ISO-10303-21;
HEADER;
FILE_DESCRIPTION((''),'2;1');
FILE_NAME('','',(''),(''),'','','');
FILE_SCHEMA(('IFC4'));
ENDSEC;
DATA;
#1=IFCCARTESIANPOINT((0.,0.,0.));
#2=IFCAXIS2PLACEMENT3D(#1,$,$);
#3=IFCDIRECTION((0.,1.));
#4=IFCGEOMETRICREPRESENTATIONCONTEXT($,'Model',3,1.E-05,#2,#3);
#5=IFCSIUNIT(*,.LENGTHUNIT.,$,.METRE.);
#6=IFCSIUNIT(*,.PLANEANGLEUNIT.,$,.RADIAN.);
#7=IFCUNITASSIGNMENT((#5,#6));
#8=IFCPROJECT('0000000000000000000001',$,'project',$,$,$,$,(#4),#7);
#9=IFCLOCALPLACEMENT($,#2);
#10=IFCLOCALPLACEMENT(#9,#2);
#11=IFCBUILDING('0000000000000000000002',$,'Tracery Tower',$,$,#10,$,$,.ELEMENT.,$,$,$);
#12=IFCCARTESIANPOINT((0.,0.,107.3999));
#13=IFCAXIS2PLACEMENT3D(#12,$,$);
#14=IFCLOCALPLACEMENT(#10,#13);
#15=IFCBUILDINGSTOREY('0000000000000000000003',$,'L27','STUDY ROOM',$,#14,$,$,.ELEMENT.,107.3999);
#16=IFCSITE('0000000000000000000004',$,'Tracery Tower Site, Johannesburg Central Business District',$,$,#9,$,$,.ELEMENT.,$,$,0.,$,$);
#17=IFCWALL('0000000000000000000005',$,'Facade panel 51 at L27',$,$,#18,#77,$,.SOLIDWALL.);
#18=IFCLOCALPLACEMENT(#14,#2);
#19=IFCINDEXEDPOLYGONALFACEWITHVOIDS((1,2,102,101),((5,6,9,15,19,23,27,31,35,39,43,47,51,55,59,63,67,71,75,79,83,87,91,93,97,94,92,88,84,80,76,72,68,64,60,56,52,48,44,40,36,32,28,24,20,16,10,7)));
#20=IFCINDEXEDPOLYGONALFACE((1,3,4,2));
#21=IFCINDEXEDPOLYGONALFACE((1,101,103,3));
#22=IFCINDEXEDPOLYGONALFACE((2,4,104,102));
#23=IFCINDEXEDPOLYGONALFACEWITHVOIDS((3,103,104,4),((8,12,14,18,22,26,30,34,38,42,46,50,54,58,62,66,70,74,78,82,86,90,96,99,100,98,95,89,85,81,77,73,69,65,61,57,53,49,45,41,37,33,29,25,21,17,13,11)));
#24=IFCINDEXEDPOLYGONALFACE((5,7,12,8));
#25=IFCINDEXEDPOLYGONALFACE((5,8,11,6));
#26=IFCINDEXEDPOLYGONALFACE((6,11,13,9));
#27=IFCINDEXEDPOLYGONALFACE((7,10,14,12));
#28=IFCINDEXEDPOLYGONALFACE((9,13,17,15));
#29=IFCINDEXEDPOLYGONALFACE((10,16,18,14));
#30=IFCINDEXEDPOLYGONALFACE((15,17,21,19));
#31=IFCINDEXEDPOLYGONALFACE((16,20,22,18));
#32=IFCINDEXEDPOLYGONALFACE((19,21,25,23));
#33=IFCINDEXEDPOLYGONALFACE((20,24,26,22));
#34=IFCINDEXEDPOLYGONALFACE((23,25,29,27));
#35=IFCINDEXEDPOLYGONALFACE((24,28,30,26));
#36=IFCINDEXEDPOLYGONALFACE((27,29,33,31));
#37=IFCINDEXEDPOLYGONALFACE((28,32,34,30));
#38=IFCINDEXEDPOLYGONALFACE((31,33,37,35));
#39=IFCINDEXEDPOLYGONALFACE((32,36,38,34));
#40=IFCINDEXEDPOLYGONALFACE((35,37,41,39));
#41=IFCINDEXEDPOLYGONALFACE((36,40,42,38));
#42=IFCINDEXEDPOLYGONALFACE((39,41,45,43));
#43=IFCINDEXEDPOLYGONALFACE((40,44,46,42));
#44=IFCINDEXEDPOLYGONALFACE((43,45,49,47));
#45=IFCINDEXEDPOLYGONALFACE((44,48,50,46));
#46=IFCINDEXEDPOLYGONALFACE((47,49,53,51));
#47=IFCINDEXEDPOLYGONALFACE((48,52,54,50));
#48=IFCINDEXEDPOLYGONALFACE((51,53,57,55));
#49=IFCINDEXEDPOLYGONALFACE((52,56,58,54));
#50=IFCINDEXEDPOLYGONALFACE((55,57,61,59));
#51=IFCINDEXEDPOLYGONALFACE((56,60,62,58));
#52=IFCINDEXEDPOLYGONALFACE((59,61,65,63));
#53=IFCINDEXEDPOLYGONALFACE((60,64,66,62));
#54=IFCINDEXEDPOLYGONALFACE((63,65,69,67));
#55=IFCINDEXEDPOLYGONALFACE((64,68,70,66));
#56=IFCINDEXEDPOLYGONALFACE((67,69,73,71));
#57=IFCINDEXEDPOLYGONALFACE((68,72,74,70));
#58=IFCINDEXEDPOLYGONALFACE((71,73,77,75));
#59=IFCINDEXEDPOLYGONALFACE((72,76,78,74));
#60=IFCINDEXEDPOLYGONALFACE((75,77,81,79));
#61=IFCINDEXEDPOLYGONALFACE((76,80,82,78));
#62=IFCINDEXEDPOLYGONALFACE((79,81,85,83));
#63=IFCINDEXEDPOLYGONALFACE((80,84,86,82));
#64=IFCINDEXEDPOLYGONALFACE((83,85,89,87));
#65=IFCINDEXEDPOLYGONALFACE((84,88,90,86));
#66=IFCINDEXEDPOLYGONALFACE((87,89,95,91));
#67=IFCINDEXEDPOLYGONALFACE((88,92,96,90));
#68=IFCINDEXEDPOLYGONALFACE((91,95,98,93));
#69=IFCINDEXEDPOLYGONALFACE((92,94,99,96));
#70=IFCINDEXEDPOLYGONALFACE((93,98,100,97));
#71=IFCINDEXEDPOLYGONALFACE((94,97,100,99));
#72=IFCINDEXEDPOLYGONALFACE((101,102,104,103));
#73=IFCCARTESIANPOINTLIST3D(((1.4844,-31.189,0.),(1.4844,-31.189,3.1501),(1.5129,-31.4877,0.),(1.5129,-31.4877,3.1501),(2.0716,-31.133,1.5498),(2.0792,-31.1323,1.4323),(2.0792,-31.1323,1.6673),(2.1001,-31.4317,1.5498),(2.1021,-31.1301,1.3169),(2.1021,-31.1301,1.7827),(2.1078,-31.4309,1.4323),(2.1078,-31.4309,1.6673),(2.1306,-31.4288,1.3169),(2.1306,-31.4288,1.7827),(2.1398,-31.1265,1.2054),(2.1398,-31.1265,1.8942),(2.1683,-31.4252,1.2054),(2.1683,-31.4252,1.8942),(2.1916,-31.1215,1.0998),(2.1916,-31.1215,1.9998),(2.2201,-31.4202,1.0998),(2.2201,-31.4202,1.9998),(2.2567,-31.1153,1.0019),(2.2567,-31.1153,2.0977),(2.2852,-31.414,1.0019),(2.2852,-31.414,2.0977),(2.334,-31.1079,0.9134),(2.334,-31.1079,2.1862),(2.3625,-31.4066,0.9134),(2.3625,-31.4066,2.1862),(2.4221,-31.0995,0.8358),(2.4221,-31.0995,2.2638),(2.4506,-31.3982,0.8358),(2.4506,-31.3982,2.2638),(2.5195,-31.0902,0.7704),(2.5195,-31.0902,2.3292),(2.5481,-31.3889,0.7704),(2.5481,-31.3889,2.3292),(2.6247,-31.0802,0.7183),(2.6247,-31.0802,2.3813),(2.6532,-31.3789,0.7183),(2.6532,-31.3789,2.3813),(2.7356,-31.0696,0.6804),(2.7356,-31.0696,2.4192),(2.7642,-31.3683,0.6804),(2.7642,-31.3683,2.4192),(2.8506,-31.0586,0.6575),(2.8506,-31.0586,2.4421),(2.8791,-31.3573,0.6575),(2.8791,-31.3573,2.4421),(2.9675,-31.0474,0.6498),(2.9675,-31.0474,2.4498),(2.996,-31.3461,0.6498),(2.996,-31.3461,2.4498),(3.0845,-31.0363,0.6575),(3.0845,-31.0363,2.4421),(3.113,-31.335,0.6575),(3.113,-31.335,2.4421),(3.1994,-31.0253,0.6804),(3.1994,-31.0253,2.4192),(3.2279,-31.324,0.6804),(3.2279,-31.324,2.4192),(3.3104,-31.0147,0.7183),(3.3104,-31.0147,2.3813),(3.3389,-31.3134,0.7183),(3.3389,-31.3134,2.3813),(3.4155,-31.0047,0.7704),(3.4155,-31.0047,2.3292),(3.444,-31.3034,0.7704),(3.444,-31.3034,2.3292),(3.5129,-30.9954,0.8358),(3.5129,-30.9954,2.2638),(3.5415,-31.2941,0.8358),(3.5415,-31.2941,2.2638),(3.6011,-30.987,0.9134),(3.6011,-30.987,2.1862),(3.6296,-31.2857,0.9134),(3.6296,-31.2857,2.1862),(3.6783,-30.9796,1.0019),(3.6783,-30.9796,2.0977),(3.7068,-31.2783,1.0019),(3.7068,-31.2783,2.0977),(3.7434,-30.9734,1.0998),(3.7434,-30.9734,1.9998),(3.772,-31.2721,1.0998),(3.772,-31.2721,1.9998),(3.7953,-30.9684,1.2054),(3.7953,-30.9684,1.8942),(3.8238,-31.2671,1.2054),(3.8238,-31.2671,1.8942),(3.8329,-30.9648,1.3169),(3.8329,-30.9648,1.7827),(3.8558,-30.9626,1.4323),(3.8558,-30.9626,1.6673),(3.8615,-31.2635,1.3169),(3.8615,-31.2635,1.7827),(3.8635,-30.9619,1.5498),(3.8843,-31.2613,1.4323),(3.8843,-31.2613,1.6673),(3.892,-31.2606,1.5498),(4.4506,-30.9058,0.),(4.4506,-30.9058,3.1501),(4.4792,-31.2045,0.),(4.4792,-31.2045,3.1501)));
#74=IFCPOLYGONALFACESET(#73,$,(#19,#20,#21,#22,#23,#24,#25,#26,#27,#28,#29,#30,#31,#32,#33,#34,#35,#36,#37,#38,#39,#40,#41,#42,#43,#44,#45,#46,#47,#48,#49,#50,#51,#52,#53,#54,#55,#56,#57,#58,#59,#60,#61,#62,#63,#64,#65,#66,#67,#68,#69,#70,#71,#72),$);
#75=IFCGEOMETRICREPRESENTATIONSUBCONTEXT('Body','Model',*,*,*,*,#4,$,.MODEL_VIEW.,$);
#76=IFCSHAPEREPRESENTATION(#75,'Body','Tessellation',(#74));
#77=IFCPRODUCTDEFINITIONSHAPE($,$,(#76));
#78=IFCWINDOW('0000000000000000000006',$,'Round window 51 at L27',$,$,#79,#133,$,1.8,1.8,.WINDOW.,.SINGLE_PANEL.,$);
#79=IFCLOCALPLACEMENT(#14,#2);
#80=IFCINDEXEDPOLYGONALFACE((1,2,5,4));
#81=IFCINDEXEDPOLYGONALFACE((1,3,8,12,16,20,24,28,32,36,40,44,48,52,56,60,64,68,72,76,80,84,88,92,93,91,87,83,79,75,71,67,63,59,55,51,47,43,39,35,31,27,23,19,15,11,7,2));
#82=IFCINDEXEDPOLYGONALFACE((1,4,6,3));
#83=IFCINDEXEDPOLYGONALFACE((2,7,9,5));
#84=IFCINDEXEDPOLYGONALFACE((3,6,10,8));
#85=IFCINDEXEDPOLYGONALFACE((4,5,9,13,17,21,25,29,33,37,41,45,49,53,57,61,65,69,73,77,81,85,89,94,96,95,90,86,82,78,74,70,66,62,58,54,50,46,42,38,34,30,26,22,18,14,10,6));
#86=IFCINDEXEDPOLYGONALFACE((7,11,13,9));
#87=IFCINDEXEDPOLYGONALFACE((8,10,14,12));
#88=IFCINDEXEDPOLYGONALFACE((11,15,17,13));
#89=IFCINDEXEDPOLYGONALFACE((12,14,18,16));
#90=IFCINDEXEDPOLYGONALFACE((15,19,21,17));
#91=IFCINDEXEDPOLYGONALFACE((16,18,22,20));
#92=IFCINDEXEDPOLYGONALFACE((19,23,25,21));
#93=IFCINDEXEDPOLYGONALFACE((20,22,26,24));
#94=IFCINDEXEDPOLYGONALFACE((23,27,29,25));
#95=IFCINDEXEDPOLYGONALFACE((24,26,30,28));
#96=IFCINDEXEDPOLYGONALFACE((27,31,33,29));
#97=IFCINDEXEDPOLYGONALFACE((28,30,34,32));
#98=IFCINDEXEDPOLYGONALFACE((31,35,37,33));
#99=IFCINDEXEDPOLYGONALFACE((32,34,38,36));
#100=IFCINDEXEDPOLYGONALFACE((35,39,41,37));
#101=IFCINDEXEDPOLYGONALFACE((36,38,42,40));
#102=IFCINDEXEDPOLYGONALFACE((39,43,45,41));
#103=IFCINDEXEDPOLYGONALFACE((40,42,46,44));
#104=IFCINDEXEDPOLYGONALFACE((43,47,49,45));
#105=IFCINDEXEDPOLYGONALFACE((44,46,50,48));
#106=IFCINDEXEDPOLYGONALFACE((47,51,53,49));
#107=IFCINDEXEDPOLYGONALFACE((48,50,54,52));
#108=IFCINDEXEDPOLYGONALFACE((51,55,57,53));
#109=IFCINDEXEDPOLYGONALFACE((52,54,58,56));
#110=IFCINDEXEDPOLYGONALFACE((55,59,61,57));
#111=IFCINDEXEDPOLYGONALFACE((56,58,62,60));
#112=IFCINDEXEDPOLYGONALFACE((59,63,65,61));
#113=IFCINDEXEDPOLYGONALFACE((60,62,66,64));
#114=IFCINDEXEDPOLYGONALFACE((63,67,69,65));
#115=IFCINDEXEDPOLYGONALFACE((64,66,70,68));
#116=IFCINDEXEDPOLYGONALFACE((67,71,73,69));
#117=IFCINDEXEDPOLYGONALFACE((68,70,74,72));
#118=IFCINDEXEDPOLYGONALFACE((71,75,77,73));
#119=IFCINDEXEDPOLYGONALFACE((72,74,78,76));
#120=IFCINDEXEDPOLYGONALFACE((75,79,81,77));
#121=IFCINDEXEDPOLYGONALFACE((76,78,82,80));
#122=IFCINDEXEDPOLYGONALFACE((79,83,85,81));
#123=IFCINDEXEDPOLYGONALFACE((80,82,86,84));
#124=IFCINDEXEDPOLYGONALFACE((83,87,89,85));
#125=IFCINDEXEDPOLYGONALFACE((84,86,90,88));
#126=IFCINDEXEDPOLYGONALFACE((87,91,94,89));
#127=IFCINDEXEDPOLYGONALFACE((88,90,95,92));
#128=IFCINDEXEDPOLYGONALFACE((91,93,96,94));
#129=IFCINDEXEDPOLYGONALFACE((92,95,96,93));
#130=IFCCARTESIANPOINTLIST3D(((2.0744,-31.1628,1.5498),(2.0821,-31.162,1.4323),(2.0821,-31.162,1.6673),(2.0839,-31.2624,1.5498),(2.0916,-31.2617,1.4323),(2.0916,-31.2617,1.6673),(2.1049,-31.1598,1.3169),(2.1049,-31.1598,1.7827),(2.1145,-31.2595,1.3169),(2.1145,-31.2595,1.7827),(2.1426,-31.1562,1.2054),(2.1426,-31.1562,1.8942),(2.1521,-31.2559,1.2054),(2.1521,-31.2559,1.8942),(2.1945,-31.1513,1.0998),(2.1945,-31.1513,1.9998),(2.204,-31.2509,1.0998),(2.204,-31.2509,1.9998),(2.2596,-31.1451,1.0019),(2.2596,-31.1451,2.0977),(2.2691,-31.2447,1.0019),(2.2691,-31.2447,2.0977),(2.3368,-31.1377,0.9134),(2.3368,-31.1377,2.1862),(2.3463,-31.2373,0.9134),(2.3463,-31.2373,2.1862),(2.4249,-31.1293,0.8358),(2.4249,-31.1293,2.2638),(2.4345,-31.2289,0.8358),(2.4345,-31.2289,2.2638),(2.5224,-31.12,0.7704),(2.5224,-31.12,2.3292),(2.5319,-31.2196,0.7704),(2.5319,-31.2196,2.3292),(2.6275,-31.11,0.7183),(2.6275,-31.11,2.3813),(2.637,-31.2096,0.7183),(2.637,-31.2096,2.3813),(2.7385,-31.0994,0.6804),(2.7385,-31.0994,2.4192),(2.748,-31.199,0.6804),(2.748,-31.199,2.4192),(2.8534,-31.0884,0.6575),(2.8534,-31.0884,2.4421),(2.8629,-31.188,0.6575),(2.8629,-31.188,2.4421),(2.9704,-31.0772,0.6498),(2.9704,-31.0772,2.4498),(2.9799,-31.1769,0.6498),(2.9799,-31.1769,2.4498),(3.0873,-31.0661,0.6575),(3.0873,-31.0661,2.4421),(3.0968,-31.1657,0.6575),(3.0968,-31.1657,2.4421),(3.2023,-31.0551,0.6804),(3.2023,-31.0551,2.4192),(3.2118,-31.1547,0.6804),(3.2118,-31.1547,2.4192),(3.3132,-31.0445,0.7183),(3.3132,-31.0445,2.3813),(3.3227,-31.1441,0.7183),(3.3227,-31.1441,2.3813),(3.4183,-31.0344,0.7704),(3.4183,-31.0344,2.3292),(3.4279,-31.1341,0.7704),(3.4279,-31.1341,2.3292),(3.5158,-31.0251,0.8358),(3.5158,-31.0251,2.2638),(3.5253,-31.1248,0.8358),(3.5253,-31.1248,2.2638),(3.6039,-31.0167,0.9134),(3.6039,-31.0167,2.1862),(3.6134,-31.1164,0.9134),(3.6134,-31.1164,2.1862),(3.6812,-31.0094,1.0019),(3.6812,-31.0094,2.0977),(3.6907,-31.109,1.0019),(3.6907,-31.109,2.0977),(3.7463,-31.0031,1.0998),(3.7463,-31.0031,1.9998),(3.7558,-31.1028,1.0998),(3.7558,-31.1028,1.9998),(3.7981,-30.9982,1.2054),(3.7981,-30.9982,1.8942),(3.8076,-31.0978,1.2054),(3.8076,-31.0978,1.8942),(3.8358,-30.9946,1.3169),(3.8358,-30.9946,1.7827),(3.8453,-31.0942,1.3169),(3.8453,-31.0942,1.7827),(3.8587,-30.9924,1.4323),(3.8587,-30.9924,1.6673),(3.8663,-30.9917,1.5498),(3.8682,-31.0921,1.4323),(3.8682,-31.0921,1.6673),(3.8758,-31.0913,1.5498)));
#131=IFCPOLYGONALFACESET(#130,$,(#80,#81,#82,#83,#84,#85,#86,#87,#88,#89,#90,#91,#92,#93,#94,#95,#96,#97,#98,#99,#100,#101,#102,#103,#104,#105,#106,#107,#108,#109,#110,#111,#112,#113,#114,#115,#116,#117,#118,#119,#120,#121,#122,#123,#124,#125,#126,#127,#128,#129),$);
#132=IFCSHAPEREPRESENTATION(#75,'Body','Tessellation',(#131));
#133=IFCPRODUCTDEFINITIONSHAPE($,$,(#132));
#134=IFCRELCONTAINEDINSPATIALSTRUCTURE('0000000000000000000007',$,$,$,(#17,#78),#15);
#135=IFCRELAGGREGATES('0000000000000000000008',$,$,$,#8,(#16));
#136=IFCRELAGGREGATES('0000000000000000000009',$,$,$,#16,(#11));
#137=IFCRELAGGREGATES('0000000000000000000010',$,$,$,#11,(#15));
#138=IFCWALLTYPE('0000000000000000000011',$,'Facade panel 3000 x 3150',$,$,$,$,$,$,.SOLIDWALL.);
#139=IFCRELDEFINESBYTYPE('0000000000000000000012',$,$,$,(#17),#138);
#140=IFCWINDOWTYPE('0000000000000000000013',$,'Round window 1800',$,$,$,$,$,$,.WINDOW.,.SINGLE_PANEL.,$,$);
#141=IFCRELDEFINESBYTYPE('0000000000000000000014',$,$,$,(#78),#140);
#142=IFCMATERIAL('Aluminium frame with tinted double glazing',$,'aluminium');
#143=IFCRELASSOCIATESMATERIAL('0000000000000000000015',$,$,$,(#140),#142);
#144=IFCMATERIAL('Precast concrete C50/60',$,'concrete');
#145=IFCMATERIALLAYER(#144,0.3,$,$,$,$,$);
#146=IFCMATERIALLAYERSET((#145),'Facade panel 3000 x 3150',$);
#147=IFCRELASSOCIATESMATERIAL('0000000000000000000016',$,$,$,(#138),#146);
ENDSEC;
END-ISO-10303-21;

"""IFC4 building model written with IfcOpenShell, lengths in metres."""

from ifc_helpers import new_model, si_unit, direction, frame, frame_2d, origin, origin_2d, place, context, subcontext, project, spatial, rectangle, circle, extrude, material, layer, layer_set, type_object, element, fill, save


model = new_model("IFC4")

# Units and contexts
model_context = context("Model", 3, precision=1e-05, world=origin(), true_north=direction((0.0, 1.0)))
body_context = subcontext(model_context, "Body", "Model", "MODEL_VIEW")
ifc_project = project(units=[si_unit("LENGTHUNIT", "METRE"), si_unit("PLANEANGLEUNIT", "RADIAN")], contexts=[model_context])

# Site, building, storey
site_placement = place(None, origin())
site = spatial("IfcSite", under=ifc_project, at=site_placement, Name="Tracery Tower Site, Johannesburg Central Business District", CompositionType="ELEMENT", RefElevation=0.0)
building_placement = place(site_placement, origin())
building = spatial("IfcBuilding", under=site, at=building_placement, Name="Tracery Tower", CompositionType="ELEMENT")
storey_placement = place(building_placement, frame((0.0, 0.0, 107.3999)))
storey = spatial("IfcBuildingStorey", under=building, at=storey_placement, Name="L27", Description="STUDY ROOM", CompositionType="ELEMENT", Elevation=107.3999)

# Wall, opening, window
ifc_material_1 = material(Name="Aluminium frame with tinted double glazing", Category="aluminium")
window_type = type_object("IfcWindowType", Name="Round window 1800", PartitioningType="SINGLE_PANEL", PredefinedType="WINDOW", material=ifc_material_1)
ifc_material_2 = material(Name="Precast concrete C50/60", Category="concrete")
ifc_layer_1 = layer(ifc_material_2, 0.3)
ifc_layer_set_1 = layer_set([ifc_layer_1], Name="Facade panel 3000 x 3150")
wall_type_1 = type_object("IfcWallType", Name="Facade panel 3000 x 3150", PredefinedType="SOLIDWALL", material=ifc_layer_set_1)
wall_1_placement = place(storey_placement, frame((1.4988, -31.3384, 0.0), z_axis=(0.0, 0.0, 1.0), x_axis=(0.995473, 0.095041, 0.0)))
wall_1 = element("IfcWall", 1, at=wall_1_placement, inside=storey, type_object=wall_type_1, Name="Facade panel 51 at L27", PredefinedType="SOLIDWALL", context=body_context, shape_type="SweptSolid", body=[
    extrude(rectangle(XDim=2.9797, YDim=0.3, at=frame_2d((1.4897, 0.0))), origin(), (0.0, 0.0, 1.0), 3.1501),
])
opening_1_placement = place(wall_1_placement, frame((1.4897, 0.0, 1.5498)))
opening_1 = element("IfcOpeningElement", 2, at=opening_1_placement, cuts=wall_1, PredefinedType="OPENING", context=body_context, shape_type="SweptSolid", body=[
    extrude(circle(Radius=0.9, at=origin_2d()), frame((0.0, 0.1599, 0.0), z_axis=(0.0, -1.0, 0.0), x_axis=(1.0, 0.0, 0.0)), (0.0, 0.0, 1.0), 0.3201),
])
window_1_placement = place(opening_1_placement, origin())
window_1 = element("IfcWindow", 3, at=window_1_placement, inside=storey, type_object=window_type, Name="Round window 51 at L27", OverallHeight=1.8, OverallWidth=1.8, PartitioningType="SINGLE_PANEL", PredefinedType="WINDOW", context=body_context, shape_type="SweptSolid", body=[
    extrude(circle(Radius=0.9, at=origin_2d()), frame((0.0, 0.1201, 0.0), z_axis=(0.0, -1.0, 0.0), x_axis=(1.0, 0.0, 0.0)), (0.0, 0.0, 1.0), 0.1001),
])
fill(opening_1, window_1)

save(model, "model.ifc")
